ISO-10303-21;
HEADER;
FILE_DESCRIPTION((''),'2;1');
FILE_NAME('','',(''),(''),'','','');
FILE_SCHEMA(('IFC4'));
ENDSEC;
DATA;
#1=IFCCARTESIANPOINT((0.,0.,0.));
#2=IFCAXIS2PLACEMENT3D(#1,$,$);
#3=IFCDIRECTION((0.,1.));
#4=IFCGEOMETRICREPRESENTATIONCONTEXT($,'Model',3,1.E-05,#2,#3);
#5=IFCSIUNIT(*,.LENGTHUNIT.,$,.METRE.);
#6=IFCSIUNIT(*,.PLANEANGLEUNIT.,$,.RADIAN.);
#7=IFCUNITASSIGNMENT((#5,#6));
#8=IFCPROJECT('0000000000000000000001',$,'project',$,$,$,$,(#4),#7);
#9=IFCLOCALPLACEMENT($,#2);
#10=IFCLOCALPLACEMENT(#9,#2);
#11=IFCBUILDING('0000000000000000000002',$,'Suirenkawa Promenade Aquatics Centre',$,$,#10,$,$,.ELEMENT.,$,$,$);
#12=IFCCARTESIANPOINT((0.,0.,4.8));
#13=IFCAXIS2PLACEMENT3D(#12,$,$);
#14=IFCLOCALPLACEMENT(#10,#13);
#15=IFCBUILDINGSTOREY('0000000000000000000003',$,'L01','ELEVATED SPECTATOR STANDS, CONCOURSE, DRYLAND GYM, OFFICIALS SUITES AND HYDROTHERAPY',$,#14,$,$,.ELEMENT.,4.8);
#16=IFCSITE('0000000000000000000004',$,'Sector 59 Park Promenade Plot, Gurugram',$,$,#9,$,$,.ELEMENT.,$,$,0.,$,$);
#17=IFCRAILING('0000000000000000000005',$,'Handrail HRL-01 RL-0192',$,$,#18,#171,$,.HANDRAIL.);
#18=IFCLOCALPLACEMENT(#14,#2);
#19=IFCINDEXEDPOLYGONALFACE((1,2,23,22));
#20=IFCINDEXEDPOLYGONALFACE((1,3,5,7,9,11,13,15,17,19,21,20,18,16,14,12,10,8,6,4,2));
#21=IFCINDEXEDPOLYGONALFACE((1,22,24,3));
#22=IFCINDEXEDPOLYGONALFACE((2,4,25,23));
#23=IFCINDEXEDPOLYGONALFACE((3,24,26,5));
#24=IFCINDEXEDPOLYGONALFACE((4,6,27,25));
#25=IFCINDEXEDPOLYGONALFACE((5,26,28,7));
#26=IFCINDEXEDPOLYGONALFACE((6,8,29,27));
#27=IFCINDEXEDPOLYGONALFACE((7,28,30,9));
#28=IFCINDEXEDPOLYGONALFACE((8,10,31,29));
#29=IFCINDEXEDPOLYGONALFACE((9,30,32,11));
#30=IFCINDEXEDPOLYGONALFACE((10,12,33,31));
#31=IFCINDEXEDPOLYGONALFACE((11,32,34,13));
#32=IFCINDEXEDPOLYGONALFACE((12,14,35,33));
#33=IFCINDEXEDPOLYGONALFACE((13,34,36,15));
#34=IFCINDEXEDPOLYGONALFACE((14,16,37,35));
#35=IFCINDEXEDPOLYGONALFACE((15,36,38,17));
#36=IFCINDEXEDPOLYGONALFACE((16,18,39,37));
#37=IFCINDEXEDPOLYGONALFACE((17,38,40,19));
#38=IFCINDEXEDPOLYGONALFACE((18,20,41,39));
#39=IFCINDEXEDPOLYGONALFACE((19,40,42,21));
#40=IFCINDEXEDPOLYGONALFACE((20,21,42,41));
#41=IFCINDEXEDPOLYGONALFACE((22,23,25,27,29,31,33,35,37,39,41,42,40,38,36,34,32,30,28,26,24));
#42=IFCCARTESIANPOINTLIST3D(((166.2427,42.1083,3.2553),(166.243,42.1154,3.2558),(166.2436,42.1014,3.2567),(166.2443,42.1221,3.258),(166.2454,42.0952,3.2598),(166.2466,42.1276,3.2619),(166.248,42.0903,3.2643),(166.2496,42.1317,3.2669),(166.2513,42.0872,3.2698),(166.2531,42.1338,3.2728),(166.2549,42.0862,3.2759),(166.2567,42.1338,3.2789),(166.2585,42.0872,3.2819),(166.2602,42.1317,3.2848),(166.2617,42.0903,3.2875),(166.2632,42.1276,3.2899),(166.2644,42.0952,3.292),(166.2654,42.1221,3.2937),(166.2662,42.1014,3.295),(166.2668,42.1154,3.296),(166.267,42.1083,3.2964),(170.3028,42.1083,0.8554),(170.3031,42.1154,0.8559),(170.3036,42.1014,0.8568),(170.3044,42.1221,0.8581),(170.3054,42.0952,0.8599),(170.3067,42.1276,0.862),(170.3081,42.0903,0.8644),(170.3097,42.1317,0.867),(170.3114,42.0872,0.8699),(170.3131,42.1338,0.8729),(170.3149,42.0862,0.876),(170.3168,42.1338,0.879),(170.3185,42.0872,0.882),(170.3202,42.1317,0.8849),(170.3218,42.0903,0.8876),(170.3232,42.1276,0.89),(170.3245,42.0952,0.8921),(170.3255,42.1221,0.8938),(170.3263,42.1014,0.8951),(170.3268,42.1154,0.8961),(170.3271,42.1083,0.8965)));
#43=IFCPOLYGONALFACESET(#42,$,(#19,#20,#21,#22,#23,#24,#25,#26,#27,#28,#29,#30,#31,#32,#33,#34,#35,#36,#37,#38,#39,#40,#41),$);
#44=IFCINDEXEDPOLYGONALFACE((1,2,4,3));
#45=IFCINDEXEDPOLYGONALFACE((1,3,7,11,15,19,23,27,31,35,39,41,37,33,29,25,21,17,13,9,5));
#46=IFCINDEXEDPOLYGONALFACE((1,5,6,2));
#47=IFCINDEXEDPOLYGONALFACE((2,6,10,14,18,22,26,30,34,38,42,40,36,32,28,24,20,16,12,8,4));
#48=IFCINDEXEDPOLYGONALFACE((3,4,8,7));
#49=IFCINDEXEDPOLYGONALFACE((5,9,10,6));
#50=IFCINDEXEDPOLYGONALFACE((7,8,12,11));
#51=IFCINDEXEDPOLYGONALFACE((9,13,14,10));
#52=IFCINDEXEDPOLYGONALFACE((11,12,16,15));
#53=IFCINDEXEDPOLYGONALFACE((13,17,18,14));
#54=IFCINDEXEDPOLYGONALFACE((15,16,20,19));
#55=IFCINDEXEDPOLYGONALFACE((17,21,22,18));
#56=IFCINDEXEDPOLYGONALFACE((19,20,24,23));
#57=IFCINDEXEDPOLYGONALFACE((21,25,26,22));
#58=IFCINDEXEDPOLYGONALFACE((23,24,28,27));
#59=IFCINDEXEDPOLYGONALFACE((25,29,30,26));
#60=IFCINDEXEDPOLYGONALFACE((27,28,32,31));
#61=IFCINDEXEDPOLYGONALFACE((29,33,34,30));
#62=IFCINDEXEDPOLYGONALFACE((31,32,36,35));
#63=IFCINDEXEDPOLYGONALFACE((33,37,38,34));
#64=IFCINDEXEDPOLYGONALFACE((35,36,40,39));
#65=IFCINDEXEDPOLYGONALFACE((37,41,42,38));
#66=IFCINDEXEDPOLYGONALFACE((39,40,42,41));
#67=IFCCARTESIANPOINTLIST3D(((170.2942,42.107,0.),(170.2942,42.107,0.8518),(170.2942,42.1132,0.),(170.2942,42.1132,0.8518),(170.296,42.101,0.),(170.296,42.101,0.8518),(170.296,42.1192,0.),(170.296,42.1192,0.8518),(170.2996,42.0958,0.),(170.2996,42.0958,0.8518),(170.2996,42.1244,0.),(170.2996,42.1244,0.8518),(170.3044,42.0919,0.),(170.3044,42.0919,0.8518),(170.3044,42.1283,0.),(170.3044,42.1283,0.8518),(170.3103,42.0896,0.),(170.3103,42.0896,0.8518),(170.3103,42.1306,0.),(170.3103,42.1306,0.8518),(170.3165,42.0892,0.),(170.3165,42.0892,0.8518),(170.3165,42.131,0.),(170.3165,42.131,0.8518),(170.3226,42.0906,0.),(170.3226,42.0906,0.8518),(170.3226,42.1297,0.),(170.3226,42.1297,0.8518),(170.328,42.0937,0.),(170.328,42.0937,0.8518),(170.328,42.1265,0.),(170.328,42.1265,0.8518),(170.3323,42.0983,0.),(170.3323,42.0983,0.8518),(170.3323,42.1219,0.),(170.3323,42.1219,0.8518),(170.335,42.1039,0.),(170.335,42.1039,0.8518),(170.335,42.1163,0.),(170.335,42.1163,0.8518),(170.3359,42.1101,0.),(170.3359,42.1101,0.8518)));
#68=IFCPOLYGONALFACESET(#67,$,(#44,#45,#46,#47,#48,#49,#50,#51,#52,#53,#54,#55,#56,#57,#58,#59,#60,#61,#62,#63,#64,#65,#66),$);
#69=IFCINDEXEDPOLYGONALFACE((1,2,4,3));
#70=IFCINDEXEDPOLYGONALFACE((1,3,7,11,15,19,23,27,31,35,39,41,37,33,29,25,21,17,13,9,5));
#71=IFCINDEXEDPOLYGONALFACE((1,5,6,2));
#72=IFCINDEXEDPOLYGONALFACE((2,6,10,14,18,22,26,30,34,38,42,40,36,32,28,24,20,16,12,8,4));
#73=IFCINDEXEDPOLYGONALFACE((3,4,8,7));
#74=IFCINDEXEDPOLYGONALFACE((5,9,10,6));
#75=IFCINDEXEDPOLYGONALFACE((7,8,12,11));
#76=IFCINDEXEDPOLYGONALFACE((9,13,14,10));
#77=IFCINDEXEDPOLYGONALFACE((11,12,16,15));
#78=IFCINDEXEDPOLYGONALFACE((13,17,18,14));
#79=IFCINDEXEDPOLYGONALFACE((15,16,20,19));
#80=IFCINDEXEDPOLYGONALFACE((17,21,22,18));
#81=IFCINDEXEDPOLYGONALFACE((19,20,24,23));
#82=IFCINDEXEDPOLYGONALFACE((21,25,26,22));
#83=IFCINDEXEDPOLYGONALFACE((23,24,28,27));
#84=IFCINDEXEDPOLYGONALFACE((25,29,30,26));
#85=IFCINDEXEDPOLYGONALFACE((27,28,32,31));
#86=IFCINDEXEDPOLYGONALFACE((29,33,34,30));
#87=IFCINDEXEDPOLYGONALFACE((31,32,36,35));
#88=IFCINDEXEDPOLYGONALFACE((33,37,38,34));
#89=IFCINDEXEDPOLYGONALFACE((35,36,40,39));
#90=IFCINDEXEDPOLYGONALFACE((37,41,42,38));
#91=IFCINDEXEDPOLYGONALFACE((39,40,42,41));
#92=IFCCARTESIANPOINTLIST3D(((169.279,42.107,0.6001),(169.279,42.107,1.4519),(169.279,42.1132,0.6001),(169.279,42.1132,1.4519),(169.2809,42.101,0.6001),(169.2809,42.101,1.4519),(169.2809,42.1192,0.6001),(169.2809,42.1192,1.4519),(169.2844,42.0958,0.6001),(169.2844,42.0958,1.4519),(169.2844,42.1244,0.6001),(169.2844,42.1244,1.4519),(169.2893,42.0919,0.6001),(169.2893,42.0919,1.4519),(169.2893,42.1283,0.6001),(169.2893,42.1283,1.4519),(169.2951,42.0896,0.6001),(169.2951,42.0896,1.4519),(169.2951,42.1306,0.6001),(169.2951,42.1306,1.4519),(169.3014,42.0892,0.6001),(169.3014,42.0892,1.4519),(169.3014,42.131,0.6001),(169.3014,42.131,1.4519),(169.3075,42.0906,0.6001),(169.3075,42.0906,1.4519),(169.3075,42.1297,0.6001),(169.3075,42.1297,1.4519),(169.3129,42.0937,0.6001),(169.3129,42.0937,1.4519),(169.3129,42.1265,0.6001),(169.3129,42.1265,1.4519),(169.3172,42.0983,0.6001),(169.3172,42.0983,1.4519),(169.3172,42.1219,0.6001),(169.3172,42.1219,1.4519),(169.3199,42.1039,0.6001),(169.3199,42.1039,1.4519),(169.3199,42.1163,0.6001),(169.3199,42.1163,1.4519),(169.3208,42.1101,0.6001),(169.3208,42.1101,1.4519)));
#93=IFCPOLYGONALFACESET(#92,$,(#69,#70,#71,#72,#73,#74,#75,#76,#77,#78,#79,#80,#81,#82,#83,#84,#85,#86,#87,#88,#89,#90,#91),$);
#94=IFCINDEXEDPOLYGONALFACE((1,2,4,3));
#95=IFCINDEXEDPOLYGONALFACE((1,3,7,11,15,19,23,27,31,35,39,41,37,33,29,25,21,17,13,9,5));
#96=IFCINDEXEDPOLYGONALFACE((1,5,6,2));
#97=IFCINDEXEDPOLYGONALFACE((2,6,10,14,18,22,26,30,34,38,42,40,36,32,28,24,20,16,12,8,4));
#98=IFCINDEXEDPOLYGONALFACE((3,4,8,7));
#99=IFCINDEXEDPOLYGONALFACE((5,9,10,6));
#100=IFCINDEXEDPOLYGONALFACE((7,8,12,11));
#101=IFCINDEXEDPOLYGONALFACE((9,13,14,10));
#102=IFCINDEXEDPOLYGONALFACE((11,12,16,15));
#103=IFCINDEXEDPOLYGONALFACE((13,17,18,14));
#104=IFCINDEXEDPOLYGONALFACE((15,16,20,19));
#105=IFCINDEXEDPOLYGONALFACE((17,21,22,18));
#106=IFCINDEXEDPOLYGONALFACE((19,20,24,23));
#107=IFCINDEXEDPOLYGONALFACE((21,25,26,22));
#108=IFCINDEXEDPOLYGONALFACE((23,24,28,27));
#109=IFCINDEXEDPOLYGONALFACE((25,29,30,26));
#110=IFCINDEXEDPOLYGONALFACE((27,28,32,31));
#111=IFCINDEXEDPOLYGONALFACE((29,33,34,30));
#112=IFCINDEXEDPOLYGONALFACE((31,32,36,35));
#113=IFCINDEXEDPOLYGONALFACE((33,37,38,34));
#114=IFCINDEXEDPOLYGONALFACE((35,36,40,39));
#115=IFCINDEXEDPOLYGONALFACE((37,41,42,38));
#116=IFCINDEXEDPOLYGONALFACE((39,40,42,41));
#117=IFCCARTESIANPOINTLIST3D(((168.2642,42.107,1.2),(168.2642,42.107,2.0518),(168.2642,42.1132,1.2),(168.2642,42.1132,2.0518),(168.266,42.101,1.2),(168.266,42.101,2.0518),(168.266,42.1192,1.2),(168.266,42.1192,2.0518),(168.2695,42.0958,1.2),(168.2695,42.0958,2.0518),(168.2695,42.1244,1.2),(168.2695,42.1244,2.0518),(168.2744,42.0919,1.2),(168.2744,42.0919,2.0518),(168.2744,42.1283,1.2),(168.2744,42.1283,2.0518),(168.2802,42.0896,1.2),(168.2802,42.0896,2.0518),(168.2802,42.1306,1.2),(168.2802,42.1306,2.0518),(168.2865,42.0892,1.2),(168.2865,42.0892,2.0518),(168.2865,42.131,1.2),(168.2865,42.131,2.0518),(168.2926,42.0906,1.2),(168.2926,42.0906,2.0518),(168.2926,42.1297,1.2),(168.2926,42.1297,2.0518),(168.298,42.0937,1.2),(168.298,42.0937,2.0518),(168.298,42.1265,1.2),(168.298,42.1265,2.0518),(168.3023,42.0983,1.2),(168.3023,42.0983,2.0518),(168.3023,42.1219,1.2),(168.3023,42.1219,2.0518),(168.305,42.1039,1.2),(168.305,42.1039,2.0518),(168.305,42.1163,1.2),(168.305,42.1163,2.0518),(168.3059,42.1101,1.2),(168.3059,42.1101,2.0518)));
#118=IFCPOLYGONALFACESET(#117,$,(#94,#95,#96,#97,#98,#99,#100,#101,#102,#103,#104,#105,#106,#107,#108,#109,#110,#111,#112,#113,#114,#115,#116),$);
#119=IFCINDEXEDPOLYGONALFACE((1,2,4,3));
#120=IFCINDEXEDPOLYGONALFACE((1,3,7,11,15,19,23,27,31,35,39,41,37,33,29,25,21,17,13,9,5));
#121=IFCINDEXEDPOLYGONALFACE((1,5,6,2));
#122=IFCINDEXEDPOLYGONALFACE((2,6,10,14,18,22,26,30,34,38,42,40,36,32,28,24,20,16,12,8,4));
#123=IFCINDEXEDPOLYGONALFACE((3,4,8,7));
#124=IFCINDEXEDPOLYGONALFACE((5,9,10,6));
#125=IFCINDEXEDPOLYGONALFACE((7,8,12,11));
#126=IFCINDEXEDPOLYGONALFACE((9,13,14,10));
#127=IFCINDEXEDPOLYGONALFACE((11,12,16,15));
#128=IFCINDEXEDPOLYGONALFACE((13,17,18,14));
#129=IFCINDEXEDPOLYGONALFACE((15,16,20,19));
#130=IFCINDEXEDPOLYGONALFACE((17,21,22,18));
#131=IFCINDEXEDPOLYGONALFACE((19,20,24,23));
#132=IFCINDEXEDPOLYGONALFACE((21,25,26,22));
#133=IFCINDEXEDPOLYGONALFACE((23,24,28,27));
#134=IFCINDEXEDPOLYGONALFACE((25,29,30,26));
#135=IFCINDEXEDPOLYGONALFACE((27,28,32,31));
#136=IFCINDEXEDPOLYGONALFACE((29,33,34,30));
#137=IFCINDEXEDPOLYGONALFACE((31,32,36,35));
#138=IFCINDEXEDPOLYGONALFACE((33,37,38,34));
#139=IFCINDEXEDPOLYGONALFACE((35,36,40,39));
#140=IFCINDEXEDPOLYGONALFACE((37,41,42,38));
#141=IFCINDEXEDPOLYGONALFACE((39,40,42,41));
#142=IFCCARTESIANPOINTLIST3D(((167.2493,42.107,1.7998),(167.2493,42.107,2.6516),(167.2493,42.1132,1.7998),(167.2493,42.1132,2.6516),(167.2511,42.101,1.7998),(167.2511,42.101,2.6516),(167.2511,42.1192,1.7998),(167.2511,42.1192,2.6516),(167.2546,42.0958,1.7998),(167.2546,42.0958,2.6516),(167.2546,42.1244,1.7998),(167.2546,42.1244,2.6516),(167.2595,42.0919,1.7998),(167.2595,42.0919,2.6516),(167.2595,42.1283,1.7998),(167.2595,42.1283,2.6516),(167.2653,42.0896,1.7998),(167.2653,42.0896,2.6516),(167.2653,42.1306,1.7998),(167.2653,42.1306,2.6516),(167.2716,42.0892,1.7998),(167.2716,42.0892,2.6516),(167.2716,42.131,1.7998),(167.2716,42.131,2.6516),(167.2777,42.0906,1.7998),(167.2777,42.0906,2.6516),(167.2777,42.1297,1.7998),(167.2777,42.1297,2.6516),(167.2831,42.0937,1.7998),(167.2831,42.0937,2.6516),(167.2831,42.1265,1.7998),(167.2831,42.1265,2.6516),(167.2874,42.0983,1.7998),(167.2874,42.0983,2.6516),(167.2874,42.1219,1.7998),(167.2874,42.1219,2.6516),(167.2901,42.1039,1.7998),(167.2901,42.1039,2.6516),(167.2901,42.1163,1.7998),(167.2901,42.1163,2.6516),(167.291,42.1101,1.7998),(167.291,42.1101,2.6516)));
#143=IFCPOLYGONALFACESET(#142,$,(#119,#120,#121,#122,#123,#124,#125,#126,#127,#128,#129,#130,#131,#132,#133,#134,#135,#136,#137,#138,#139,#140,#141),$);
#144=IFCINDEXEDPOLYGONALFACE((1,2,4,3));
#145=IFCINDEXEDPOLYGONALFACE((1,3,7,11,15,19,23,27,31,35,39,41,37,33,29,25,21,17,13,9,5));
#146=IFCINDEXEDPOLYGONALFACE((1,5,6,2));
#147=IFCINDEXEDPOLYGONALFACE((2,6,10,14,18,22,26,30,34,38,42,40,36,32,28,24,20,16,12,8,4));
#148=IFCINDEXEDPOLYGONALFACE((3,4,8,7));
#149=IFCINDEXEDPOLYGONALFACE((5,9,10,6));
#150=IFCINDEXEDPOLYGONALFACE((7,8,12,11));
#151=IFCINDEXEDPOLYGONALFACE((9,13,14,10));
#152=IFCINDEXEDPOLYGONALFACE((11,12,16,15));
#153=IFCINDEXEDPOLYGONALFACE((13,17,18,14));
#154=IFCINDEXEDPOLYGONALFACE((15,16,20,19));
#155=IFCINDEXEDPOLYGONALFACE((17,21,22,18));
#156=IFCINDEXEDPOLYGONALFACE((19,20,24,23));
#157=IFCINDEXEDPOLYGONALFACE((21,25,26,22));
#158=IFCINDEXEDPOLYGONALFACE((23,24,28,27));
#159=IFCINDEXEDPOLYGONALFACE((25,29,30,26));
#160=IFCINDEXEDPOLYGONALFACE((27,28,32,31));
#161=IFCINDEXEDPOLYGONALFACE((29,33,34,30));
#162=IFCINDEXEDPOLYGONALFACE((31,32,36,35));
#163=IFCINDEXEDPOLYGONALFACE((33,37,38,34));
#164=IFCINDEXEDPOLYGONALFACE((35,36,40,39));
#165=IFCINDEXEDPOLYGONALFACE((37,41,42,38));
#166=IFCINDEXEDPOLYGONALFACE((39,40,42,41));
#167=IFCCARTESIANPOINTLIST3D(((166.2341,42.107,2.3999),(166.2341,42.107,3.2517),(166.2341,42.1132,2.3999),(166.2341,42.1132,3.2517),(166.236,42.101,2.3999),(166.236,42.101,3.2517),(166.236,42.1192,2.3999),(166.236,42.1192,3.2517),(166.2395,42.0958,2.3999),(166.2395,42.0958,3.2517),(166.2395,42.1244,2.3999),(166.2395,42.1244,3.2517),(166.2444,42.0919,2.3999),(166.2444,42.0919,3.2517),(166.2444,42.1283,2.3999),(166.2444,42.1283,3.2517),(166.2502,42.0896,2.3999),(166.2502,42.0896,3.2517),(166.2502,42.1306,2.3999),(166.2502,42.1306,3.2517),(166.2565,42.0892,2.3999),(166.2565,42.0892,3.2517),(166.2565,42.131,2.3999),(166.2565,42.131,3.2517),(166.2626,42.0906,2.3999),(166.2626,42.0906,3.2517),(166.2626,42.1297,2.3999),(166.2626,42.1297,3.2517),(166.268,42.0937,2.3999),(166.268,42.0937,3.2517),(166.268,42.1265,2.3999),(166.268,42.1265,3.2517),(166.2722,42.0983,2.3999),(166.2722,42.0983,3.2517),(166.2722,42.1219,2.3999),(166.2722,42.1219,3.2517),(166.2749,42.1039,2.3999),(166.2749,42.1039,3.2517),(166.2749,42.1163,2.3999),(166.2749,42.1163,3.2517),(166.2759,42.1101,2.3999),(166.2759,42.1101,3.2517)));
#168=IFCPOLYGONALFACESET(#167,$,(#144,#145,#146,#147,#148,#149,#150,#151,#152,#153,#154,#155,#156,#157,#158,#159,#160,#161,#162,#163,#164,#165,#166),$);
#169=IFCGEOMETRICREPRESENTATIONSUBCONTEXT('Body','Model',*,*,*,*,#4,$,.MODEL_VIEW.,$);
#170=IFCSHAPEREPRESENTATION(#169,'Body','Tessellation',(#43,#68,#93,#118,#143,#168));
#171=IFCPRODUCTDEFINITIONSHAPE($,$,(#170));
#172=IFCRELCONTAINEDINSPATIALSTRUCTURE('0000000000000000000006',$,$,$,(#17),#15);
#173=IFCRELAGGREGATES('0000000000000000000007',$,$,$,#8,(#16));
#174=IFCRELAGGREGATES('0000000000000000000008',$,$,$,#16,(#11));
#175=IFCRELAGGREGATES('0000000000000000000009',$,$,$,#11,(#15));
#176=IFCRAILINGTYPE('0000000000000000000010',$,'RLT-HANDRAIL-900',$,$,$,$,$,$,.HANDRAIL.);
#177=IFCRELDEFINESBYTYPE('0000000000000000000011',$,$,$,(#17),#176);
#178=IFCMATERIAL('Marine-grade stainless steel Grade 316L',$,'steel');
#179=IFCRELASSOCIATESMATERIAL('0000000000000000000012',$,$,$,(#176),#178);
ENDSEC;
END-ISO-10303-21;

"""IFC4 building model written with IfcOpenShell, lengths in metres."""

from ifc_helpers import new_model, si_unit, direction, frame, origin, origin_2d, place, context, subcontext, project, spatial, circle, extrude, material, type_object, element, save


model = new_model("IFC4")

# Units and contexts
model_context = context("Model", 3, precision=1e-05, world=origin(), true_north=direction((0.0, 1.0)))
body_context = subcontext(model_context, "Body", "Model", "MODEL_VIEW")
ifc_project = project(units=[si_unit("LENGTHUNIT", "METRE"), si_unit("PLANEANGLEUNIT", "RADIAN")], contexts=[model_context])

# Site, building, storey
site_placement = place(None, origin())
site = spatial("IfcSite", under=ifc_project, at=site_placement, Name="Sector 59 Park Promenade Plot, Gurugram", CompositionType="ELEMENT", RefElevation=0.0)
building_placement = place(site_placement, origin())
building = spatial("IfcBuilding", under=site, at=building_placement, Name="Suirenkawa Promenade Aquatics Centre", CompositionType="ELEMENT")
storey_placement = place(building_placement, frame((0.0, 0.0, 4.8)))
storey = spatial("IfcBuildingStorey", under=building, at=storey_placement, Name="L01", Description="ELEVATED SPECTATOR STANDS, CONCOURSE, DRYLAND GYM, OFFICIALS SUITES AND HYDROTHERAPY", CompositionType="ELEMENT", Elevation=4.8)

# Railing
ifc_material_1 = material(Name="Marine-grade stainless steel Grade 316L", Category="steel")
railing_type_1 = type_object("IfcRailingType", Name="RLT-HANDRAIL-900", PredefinedType="HANDRAIL", material=ifc_material_1)
for number, where, name in (
    (1, (170.3149, 42.1101, 0.0), "Handrail HRL-01 RL-0192"),
):
    element("IfcRailing", number, at=place(storey_placement, frame(where)), inside=storey, type_object=railing_type_1, Name=name, PredefinedType="HANDRAIL", context=body_context, shape_type="SweptSolid", body=[
        extrude(circle(Radius=0.0239, at=origin_2d()), frame((0.0, 0.0, 0.876), z_axis=(-0.860854, 0.0, 0.508851), x_axis=(0.0, -1.0, 0.0)), (0.0, 0.0, 1.0), 4.7163),
        extrude(circle(Radius=0.021, at=origin_2d()), origin(), (0.0, 0.0, 1.0), 0.8518),
        extrude(circle(Radius=0.021, at=origin_2d()), frame((-1.0151, 0.0, 0.6001)), (0.0, 0.0, 1.0), 0.8518),
        extrude(circle(Radius=0.021, at=origin_2d()), frame((-2.03, 0.0, 1.2)), (0.0, 0.0, 1.0), 0.8518),
        extrude(circle(Radius=0.021, at=origin_2d()), frame((-3.0449, 0.0, 1.7998)), (0.0, 0.0, 1.0), 0.8518),
        extrude(circle(Radius=0.021, at=origin_2d()), frame((-4.0601, 0.0, 2.3999)), (0.0, 0.0, 1.0), 0.8518),
    ])

save(model, "model.ifc")
